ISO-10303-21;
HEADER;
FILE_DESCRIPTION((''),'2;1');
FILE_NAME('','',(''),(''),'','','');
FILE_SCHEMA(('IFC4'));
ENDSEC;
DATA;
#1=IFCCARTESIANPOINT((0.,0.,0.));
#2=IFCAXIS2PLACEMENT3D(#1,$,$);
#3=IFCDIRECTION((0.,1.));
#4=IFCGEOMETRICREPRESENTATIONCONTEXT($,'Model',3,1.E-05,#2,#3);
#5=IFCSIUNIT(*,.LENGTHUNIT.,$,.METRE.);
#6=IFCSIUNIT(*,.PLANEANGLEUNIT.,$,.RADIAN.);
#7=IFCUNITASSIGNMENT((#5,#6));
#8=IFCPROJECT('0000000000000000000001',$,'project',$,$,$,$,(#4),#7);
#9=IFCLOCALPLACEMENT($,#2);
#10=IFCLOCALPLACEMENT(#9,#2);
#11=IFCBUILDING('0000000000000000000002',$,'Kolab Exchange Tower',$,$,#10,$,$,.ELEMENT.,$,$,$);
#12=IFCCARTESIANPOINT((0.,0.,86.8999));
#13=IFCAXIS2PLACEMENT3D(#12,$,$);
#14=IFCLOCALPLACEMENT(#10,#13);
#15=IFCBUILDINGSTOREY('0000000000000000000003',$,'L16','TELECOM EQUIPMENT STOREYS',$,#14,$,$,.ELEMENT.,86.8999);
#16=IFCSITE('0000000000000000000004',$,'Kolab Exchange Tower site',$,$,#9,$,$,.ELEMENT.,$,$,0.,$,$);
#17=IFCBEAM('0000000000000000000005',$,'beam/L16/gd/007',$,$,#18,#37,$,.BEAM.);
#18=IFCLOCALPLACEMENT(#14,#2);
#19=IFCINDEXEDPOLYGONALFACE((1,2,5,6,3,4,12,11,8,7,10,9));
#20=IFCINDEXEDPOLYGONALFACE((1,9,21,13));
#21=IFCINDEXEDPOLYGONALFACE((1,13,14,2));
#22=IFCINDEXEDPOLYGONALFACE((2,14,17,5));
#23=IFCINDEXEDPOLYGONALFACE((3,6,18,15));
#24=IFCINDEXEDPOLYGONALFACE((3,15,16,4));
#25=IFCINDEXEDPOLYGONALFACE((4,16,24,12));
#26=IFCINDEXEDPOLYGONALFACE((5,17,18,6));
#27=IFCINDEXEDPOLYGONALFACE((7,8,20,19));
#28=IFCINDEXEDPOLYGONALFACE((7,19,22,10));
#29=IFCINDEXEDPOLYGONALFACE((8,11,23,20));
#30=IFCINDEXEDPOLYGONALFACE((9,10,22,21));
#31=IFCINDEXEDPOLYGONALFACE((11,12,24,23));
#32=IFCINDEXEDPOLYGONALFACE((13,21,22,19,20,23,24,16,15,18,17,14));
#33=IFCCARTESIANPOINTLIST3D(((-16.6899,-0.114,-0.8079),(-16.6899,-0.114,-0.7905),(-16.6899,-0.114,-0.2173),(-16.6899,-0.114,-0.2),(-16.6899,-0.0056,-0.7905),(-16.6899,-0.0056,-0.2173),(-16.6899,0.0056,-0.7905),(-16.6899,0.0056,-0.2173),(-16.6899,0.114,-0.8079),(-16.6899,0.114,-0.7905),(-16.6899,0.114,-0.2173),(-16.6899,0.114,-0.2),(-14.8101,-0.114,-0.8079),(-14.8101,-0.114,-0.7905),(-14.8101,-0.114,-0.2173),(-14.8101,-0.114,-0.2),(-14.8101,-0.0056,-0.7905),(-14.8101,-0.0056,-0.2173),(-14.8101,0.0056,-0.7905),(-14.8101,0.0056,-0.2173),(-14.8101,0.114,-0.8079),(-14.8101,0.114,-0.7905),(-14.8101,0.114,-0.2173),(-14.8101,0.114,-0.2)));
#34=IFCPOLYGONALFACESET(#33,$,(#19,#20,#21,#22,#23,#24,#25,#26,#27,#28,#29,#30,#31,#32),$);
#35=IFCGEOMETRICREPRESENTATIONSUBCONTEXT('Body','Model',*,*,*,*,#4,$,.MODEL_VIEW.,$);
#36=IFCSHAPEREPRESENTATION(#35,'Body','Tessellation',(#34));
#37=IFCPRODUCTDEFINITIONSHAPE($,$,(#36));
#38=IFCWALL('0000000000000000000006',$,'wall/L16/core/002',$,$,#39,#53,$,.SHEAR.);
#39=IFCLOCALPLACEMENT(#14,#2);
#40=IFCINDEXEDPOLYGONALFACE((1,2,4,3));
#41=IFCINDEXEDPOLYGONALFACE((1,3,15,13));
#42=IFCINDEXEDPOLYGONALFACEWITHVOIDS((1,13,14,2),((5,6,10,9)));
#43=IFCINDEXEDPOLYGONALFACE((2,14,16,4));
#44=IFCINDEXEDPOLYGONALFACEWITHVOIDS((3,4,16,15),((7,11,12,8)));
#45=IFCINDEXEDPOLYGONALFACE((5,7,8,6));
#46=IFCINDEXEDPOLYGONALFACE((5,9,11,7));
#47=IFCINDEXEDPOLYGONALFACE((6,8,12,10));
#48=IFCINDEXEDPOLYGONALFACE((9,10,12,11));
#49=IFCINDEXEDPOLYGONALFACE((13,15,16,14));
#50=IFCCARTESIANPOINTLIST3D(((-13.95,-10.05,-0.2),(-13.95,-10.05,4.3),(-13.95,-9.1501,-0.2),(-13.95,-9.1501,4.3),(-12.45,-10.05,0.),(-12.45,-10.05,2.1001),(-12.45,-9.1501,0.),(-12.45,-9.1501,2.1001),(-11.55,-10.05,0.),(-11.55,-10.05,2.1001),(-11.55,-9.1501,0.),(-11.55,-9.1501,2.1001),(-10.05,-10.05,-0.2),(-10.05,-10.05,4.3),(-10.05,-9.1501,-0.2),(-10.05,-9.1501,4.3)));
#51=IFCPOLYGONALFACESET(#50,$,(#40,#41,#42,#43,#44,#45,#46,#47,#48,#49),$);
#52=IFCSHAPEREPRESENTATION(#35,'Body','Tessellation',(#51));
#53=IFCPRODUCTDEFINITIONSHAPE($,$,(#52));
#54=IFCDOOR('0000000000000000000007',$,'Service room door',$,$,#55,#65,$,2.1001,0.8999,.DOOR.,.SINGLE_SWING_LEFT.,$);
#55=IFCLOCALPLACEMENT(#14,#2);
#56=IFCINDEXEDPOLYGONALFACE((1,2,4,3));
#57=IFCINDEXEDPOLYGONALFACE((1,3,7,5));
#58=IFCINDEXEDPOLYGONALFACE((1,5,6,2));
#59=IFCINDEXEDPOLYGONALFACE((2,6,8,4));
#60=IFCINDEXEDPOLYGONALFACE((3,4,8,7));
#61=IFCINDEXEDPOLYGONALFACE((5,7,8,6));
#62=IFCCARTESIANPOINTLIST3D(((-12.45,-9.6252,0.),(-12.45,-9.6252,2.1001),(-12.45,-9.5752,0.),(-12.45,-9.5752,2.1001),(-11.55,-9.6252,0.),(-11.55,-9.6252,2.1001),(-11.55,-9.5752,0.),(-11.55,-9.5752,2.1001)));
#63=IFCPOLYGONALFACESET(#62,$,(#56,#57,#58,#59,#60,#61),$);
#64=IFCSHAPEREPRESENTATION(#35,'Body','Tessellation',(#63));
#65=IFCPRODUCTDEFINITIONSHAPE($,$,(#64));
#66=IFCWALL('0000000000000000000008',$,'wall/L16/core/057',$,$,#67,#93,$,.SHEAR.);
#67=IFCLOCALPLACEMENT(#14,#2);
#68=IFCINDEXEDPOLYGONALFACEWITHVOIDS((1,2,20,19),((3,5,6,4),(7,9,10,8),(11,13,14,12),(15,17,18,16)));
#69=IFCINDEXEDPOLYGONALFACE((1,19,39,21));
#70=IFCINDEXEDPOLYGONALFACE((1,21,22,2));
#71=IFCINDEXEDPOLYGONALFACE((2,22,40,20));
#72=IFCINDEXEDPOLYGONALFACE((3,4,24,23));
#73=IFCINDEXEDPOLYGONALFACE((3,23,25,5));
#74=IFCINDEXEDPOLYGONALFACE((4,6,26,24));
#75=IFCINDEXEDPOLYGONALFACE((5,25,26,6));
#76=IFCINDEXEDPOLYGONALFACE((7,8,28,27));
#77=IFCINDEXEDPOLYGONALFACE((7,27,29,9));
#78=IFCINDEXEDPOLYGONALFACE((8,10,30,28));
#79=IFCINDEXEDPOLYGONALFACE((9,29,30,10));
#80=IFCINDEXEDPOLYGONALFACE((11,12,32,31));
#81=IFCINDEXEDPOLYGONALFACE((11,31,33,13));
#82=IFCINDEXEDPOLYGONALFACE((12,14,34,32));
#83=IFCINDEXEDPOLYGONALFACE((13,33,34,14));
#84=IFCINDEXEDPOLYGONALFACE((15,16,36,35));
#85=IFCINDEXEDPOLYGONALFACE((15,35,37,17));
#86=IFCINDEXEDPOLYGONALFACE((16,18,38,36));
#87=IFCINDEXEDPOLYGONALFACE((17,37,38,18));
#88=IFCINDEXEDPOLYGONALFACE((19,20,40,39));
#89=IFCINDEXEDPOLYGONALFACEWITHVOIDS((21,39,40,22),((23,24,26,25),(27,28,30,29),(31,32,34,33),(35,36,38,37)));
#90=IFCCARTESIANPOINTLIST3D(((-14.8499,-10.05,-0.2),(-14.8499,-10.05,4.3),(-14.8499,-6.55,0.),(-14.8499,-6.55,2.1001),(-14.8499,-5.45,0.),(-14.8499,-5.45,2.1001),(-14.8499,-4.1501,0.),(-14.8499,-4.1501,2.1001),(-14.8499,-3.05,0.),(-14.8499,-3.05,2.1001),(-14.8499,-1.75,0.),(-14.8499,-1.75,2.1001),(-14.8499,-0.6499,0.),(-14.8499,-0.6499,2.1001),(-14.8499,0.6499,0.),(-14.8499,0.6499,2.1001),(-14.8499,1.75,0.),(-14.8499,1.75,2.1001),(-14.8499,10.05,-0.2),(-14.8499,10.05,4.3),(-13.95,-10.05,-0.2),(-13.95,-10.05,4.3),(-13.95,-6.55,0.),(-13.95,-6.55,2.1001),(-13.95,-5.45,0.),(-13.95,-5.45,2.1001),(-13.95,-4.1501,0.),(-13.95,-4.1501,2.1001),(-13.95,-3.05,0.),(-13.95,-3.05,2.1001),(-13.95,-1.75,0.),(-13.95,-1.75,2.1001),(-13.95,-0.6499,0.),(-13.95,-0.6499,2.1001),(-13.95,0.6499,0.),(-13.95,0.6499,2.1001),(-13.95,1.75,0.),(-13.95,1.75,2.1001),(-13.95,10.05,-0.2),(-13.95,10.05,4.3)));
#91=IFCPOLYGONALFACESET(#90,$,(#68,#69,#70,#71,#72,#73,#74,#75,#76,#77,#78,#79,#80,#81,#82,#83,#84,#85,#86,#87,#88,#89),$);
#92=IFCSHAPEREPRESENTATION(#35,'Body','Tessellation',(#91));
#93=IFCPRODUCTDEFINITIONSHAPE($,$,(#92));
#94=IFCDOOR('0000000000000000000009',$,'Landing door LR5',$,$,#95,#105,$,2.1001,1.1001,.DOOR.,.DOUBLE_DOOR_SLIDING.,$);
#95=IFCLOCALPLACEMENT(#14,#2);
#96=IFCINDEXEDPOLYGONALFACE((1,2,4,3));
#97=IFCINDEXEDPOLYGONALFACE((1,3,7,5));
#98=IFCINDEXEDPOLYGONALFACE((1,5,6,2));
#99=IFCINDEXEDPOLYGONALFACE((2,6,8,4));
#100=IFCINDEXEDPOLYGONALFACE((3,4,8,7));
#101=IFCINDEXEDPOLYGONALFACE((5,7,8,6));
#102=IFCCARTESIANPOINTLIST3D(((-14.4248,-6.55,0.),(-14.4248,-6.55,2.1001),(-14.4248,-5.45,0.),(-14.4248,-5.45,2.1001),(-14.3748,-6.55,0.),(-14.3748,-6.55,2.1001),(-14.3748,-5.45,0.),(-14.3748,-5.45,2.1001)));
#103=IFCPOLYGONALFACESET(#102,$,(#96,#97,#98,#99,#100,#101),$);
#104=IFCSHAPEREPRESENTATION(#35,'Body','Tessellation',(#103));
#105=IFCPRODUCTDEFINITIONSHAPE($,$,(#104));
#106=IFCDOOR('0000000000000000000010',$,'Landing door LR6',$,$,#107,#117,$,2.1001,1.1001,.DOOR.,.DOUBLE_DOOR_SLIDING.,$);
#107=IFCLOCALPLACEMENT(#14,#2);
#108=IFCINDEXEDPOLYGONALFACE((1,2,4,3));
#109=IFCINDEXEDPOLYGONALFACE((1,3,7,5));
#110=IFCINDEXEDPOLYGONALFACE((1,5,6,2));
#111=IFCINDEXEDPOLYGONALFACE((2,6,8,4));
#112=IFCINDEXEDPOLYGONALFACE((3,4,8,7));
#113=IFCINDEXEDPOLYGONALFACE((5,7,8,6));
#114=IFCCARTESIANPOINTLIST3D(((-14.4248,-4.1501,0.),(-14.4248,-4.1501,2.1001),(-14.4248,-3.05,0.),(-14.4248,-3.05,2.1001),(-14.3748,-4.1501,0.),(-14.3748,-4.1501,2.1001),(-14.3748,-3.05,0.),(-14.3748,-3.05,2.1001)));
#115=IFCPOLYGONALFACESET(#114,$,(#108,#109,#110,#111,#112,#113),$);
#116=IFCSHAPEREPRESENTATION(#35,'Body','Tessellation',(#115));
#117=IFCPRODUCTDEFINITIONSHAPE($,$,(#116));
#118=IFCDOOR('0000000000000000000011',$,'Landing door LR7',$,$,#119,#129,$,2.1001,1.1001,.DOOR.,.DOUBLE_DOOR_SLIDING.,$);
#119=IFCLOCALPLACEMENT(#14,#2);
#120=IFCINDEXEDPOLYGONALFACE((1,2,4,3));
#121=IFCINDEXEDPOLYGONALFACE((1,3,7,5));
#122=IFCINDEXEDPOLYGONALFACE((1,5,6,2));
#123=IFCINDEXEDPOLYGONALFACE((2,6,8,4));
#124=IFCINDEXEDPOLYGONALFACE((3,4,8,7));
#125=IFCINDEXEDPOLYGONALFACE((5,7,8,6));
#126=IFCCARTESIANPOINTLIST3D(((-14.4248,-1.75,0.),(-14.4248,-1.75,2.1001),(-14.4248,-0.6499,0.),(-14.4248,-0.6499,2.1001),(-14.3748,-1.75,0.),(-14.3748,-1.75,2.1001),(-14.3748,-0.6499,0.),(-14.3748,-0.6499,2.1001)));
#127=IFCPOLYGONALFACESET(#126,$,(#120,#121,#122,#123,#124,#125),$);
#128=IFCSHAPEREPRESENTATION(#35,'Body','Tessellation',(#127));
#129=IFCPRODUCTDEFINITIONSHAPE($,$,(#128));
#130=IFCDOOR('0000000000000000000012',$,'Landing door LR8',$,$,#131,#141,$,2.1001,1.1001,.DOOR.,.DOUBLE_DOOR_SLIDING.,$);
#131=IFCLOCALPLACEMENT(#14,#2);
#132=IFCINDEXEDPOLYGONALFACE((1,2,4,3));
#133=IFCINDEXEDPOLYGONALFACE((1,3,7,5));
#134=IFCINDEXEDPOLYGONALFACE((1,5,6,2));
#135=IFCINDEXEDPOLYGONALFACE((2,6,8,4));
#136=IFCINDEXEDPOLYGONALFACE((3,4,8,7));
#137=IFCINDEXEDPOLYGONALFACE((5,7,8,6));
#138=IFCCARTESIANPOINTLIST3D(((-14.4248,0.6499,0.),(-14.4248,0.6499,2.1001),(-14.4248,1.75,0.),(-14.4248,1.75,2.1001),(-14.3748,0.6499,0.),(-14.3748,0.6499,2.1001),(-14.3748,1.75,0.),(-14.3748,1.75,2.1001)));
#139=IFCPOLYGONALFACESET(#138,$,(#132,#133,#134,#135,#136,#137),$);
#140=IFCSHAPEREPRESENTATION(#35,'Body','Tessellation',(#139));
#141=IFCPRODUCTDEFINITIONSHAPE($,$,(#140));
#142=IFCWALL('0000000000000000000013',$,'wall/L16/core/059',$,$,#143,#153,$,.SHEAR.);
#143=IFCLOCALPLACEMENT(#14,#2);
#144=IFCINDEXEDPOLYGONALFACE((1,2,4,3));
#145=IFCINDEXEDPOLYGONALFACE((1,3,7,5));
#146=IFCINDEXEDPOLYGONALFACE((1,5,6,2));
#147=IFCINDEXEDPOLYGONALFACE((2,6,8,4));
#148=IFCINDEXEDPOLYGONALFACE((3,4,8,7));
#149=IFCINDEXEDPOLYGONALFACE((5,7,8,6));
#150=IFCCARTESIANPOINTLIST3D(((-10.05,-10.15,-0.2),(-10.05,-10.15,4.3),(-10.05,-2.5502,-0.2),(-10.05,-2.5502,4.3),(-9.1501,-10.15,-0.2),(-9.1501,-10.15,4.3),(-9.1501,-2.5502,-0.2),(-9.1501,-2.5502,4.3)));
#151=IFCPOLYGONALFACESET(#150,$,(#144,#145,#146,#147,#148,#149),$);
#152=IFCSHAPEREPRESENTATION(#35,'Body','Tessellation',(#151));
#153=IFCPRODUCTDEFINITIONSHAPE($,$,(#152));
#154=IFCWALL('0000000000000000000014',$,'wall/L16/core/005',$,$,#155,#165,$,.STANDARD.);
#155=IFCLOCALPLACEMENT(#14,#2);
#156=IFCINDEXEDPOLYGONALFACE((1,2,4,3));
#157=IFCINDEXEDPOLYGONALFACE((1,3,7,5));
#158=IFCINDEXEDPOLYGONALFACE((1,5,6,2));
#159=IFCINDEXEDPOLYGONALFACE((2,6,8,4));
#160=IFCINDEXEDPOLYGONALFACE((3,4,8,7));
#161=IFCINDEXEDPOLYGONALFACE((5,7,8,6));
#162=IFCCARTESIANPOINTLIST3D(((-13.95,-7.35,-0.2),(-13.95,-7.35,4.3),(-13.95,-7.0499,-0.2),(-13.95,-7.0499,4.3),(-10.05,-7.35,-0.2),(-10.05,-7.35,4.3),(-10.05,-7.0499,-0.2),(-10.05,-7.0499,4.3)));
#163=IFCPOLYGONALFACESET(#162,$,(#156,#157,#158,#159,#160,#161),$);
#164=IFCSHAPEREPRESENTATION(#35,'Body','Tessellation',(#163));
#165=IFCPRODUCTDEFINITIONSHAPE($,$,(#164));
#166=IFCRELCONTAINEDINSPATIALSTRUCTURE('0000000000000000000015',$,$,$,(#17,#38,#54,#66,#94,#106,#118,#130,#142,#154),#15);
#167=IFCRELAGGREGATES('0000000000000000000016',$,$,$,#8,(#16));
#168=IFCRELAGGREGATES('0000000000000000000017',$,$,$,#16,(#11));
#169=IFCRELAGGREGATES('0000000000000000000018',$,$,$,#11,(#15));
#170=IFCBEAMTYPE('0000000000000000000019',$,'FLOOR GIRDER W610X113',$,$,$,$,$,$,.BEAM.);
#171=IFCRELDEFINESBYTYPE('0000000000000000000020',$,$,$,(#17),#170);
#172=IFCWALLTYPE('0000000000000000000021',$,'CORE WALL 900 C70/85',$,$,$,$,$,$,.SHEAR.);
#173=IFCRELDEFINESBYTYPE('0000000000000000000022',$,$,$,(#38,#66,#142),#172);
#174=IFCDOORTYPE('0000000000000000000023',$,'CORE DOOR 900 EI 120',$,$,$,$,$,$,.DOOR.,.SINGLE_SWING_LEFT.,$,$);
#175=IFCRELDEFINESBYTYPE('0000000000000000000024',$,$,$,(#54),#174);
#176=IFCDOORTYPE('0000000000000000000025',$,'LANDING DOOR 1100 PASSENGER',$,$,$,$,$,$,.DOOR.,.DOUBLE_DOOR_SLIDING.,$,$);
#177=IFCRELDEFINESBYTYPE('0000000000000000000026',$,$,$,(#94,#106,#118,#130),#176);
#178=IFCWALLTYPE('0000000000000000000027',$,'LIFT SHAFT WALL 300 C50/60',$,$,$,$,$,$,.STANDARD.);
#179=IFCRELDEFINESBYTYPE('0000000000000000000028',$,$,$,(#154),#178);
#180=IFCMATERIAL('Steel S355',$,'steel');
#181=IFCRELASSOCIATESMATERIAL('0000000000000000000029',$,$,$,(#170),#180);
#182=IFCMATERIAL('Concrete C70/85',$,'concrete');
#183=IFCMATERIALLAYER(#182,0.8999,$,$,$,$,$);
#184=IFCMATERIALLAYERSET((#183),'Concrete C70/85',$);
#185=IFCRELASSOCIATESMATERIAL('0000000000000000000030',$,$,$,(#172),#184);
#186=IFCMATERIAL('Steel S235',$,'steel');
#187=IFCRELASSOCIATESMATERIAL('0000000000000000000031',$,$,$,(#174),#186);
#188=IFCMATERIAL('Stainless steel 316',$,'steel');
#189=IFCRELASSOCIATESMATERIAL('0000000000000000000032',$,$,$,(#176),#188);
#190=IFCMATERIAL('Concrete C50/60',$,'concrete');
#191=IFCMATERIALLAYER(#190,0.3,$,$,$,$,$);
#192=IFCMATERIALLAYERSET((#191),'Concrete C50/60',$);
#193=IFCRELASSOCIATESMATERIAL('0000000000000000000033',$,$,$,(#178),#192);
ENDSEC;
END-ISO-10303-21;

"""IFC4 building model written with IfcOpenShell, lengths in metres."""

from ifc_helpers import new_model, si_unit, direction, frame, frame_2d, origin, origin_2d, place, context, subcontext, project, spatial, rectangle, i_section, extrude, material, layer, layer_set, material_profile, profile_set, type_object, element, fill, save


model = new_model("IFC4")

# Units and contexts
model_context = context("Model", 3, precision=1e-05, world=origin(), true_north=direction((0.0, 1.0)))
body_context = subcontext(model_context, "Body", "Model", "MODEL_VIEW")
ifc_project = project(units=[si_unit("LENGTHUNIT", "METRE"), si_unit("PLANEANGLEUNIT", "RADIAN")], contexts=[model_context])

# Site, building, storey
site_placement = place(None, origin())
site = spatial("IfcSite", under=ifc_project, at=site_placement, Name="Kolab Exchange Tower site", CompositionType="ELEMENT", RefElevation=0.0)
building_placement = place(site_placement, origin())
building = spatial("IfcBuilding", under=site, at=building_placement, Name="Kolab Exchange Tower", CompositionType="ELEMENT")
storey_placement = place(building_placement, frame((0.0, 0.0, 86.8999)))
storey = spatial("IfcBuildingStorey", under=building, at=storey_placement, Name="L16", Description="TELECOM EQUIPMENT STOREYS", CompositionType="ELEMENT", Elevation=86.8999)

# Beam
ifc_material_1 = material(Name="Steel S355", Category="steel")
ifc_material_profile = material_profile(ifc_material_1, i_section(OverallWidth=0.228, OverallDepth=0.6079, WebThickness=0.0112, FlangeThickness=0.0173, at=origin_2d()), Name="W610X113")
ifc_profile_set = profile_set([ifc_material_profile], Name="Steel S355")
beam_type = type_object("IfcBeamType", Name="FLOOR GIRDER W610X113", PredefinedType="BEAM", material=ifc_profile_set)
beam_placement = place(storey_placement, frame((-16.6899, 0.0, -0.5039), z_axis=(1.0, 0.0, 0.0), x_axis=(0.0, 1.0, 0.0)))
element("IfcBeam", 1, at=beam_placement, inside=storey, type_object=beam_type, Name="beam/L16/gd/007", PredefinedType="BEAM", context=body_context, shape_type="SweptSolid", body=[
    extrude(i_section(OverallWidth=0.228, OverallDepth=0.6079, WebThickness=0.0112, FlangeThickness=0.0173, at=origin_2d()), origin(), (0.0, 0.0, 1.0), 1.8799),
])

# Wall, opening, door
ifc_material_2 = material(Name="Concrete C70/85", Category="concrete")
ifc_layer_1 = layer(ifc_material_2, 0.8999)
ifc_layer_set_1 = layer_set([ifc_layer_1], Name="Concrete C70/85")
wall_type_1 = type_object("IfcWallType", Name="CORE WALL 900 C70/85", PredefinedType="SHEAR", material=ifc_layer_set_1)
wall_1_placement = place(storey_placement, frame((-13.95, -9.6001, -0.2), z_axis=(0.0, 0.0, 1.0), x_axis=(1.0, 0.0, 0.0)))
wall_1 = element("IfcWall", 2, at=wall_1_placement, inside=storey, type_object=wall_type_1, Name="wall/L16/core/002", PredefinedType="SHEAR", context=body_context, shape_type="SweptSolid", body=[
    extrude(rectangle(XDim=3.8999, YDim=0.8999, at=frame_2d((1.95, 0.0))), origin(), (0.0, 0.0, 1.0), 4.5),
])
opening_1_placement = place(wall_1_placement, frame((1.5, 0.0, 0.2)))
opening_1 = element("IfcOpeningElement", 3, at=opening_1_placement, cuts=wall_1, PredefinedType="OPENING", context=body_context, shape_type="SweptSolid", body=[
    extrude(rectangle(XDim=0.8999, YDim=2.1001, at=frame_2d((0.45, 1.05))), frame((0.0, 0.46, 0.0), z_axis=(0.0, -1.0, 0.0), x_axis=(1.0, 0.0, 0.0)), (0.0, 0.0, 1.0), 0.9199),
])
ifc_material_3 = material(Name="Steel S235", Category="steel")
door_type_1 = type_object("IfcDoorType", Name="CORE DOOR 900 EI 120", OperationType="SINGLE_SWING_LEFT", PredefinedType="DOOR", material=ifc_material_3)
door_1_placement = place(opening_1_placement, origin())
door_1 = element("IfcDoor", 4, at=door_1_placement, inside=storey, type_object=door_type_1, Name="Service room door", OperationType="SINGLE_SWING_LEFT", OverallHeight=2.1001, OverallWidth=0.8999, PredefinedType="DOOR", context=body_context, shape_type="SweptSolid", body=[
    extrude(rectangle(XDim=0.8999, YDim=2.1001, at=frame_2d((0.45, 1.05))), frame((0.0, 0.0249, 0.0), z_axis=(0.0, -1.0, 0.0), x_axis=(1.0, 0.0, 0.0)), (0.0, 0.0, 1.0), 0.05),
])
fill(opening_1, door_1)

# Wall, openings, doors
wall_2_placement = place(storey_placement, frame((-14.3999, -10.05, -0.2), z_axis=(0.0, 0.0, 1.0), x_axis=(0.0, 1.0, 0.0)))
wall_2 = element("IfcWall", 5, at=wall_2_placement, inside=storey, type_object=wall_type_1, Name="wall/L16/core/057", PredefinedType="SHEAR", context=body_context, shape_type="SweptSolid", body=[
    extrude(rectangle(XDim=20.1001, YDim=0.8999, at=frame_2d((10.05, 0.0))), origin(), (0.0, 0.0, 1.0), 4.5),
])
opening_2_placement = place(wall_2_placement, frame((3.5, 0.0, 0.2)))
opening_2 = element("IfcOpeningElement", 6, at=opening_2_placement, cuts=wall_2, PredefinedType="OPENING", context=body_context, shape_type="SweptSolid", body=[
    extrude(rectangle(XDim=1.1001, YDim=2.1001, at=frame_2d((0.55, 1.05))), frame((0.0, 0.46, 0.0), z_axis=(0.0, -1.0, 0.0), x_axis=(1.0, 0.0, 0.0)), (0.0, 0.0, 1.0), 0.9199),
])
opening_3_placement = place(wall_2_placement, frame((5.8999, 0.0, 0.2)))
opening_3 = element("IfcOpeningElement", 7, at=opening_3_placement, cuts=wall_2, PredefinedType="OPENING", context=body_context, shape_type="SweptSolid", body=[
    extrude(rectangle(XDim=1.1001, YDim=2.1001, at=frame_2d((0.55, 1.05))), frame((0.0, 0.46, 0.0), z_axis=(0.0, -1.0, 0.0), x_axis=(1.0, 0.0, 0.0)), (0.0, 0.0, 1.0), 0.9199),
])
opening_4_placement = place(wall_2_placement, frame((8.3, 0.0, 0.2)))
opening_4 = element("IfcOpeningElement", 8, at=opening_4_placement, cuts=wall_2, PredefinedType="OPENING", context=body_context, shape_type="SweptSolid", body=[
    extrude(rectangle(XDim=1.1001, YDim=2.1001, at=frame_2d((0.55, 1.05))), frame((0.0, 0.46, 0.0), z_axis=(0.0, -1.0, 0.0), x_axis=(1.0, 0.0, 0.0)), (0.0, 0.0, 1.0), 0.9199),
])
opening_5_placement = place(wall_2_placement, frame((10.7, 0.0, 0.2)))
opening_5 = element("IfcOpeningElement", 9, at=opening_5_placement, cuts=wall_2, PredefinedType="OPENING", context=body_context, shape_type="SweptSolid", body=[
    extrude(rectangle(XDim=1.1001, YDim=2.1001, at=frame_2d((0.55, 1.05))), frame((0.0, 0.46, 0.0), z_axis=(0.0, -1.0, 0.0), x_axis=(1.0, 0.0, 0.0)), (0.0, 0.0, 1.0), 0.9199),
])
ifc_material_4 = material(Name="Stainless steel 316", Category="steel")
door_type_2 = type_object("IfcDoorType", Name="LANDING DOOR 1100 PASSENGER", OperationType="DOUBLE_DOOR_SLIDING", PredefinedType="DOOR", material=ifc_material_4)
door_2_placement = place(opening_2_placement, origin())
door_2 = element("IfcDoor", 10, at=door_2_placement, inside=storey, type_object=door_type_2, Name="Landing door LR5", OperationType="DOUBLE_DOOR_SLIDING", OverallHeight=2.1001, OverallWidth=1.1001, PredefinedType="DOOR", context=body_context, shape_type="SweptSolid", body=[
    extrude(rectangle(XDim=1.1001, YDim=2.1001, at=frame_2d((0.55, 1.05))), frame((0.0, 0.0249, 0.0), z_axis=(0.0, -1.0, 0.0), x_axis=(1.0, 0.0, 0.0)), (0.0, 0.0, 1.0), 0.05),
])
fill(opening_2, door_2)
door_3_placement = place(opening_3_placement, origin())
door_3 = element("IfcDoor", 11, at=door_3_placement, inside=storey, type_object=door_type_2, Name="Landing door LR6", OperationType="DOUBLE_DOOR_SLIDING", OverallHeight=2.1001, OverallWidth=1.1001, PredefinedType="DOOR", context=body_context, shape_type="SweptSolid", body=[
    extrude(rectangle(XDim=1.1001, YDim=2.1001, at=frame_2d((0.55, 1.05))), frame((0.0, 0.0249, 0.0), z_axis=(0.0, -1.0, 0.0), x_axis=(1.0, 0.0, 0.0)), (0.0, 0.0, 1.0), 0.05),
])
fill(opening_3, door_3)
door_4_placement = place(opening_4_placement, origin())
door_4 = element("IfcDoor", 12, at=door_4_placement, inside=storey, type_object=door_type_2, Name="Landing door LR7", OperationType="DOUBLE_DOOR_SLIDING", OverallHeight=2.1001, OverallWidth=1.1001, PredefinedType="DOOR", context=body_context, shape_type="SweptSolid", body=[
    extrude(rectangle(XDim=1.1001, YDim=2.1001, at=frame_2d((0.55, 1.05))), frame((0.0, 0.0249, 0.0), z_axis=(0.0, -1.0, 0.0), x_axis=(1.0, 0.0, 0.0)), (0.0, 0.0, 1.0), 0.05),
])
fill(opening_4, door_4)
door_5_placement = place(opening_5_placement, origin())
door_5 = element("IfcDoor", 13, at=door_5_placement, inside=storey, type_object=door_type_2, Name="Landing door LR8", OperationType="DOUBLE_DOOR_SLIDING", OverallHeight=2.1001, OverallWidth=1.1001, PredefinedType="DOOR", context=body_context, shape_type="SweptSolid", body=[
    extrude(rectangle(XDim=1.1001, YDim=2.1001, at=frame_2d((0.55, 1.05))), frame((0.0, 0.0249, 0.0), z_axis=(0.0, -1.0, 0.0), x_axis=(1.0, 0.0, 0.0)), (0.0, 0.0, 1.0), 0.05),
])
fill(opening_5, door_5)

# Walls
wall_3_placement = place(storey_placement, frame((-9.6001, -10.1499, -0.2), z_axis=(0.0, 0.0, 1.0), x_axis=(0.0, 1.0, 0.0)))
element("IfcWall", 14, at=wall_3_placement, inside=storey, type_object=wall_type_1, Name="wall/L16/core/059", PredefinedType="SHEAR", context=body_context, shape_type="SweptSolid", body=[
    extrude(rectangle(XDim=7.5999, YDim=0.8999, at=frame_2d((3.7998, 0.0))), origin(), (0.0, 0.0, 1.0), 4.5),
])
ifc_material_5 = material(Name="Concrete C50/60", Category="concrete")
ifc_layer_2 = layer(ifc_material_5, 0.3)
ifc_layer_set_2 = layer_set([ifc_layer_2], Name="Concrete C50/60")
wall_type_2 = type_object("IfcWallType", Name="LIFT SHAFT WALL 300 C50/60", PredefinedType="STANDARD", material=ifc_layer_set_2)
for number, where, z_axis, x_axis, name in (
    (15, (-13.95, -7.2, -0.2), (0.0, 0.0, 1.0), (1.0, 0.0, 0.0), "wall/L16/core/005"),
):
    element("IfcWall", number, at=place(storey_placement, frame(where, z_axis=z_axis, x_axis=x_axis)), inside=storey, type_object=wall_type_2, Name=name, PredefinedType="STANDARD", context=body_context, shape_type="SweptSolid", body=[
        extrude(rectangle(XDim=3.8999, YDim=0.3, at=frame_2d((1.95, 0.0))), origin(), (0.0, 0.0, 1.0), 4.5),
    ])

save(model, "model.ifc")
